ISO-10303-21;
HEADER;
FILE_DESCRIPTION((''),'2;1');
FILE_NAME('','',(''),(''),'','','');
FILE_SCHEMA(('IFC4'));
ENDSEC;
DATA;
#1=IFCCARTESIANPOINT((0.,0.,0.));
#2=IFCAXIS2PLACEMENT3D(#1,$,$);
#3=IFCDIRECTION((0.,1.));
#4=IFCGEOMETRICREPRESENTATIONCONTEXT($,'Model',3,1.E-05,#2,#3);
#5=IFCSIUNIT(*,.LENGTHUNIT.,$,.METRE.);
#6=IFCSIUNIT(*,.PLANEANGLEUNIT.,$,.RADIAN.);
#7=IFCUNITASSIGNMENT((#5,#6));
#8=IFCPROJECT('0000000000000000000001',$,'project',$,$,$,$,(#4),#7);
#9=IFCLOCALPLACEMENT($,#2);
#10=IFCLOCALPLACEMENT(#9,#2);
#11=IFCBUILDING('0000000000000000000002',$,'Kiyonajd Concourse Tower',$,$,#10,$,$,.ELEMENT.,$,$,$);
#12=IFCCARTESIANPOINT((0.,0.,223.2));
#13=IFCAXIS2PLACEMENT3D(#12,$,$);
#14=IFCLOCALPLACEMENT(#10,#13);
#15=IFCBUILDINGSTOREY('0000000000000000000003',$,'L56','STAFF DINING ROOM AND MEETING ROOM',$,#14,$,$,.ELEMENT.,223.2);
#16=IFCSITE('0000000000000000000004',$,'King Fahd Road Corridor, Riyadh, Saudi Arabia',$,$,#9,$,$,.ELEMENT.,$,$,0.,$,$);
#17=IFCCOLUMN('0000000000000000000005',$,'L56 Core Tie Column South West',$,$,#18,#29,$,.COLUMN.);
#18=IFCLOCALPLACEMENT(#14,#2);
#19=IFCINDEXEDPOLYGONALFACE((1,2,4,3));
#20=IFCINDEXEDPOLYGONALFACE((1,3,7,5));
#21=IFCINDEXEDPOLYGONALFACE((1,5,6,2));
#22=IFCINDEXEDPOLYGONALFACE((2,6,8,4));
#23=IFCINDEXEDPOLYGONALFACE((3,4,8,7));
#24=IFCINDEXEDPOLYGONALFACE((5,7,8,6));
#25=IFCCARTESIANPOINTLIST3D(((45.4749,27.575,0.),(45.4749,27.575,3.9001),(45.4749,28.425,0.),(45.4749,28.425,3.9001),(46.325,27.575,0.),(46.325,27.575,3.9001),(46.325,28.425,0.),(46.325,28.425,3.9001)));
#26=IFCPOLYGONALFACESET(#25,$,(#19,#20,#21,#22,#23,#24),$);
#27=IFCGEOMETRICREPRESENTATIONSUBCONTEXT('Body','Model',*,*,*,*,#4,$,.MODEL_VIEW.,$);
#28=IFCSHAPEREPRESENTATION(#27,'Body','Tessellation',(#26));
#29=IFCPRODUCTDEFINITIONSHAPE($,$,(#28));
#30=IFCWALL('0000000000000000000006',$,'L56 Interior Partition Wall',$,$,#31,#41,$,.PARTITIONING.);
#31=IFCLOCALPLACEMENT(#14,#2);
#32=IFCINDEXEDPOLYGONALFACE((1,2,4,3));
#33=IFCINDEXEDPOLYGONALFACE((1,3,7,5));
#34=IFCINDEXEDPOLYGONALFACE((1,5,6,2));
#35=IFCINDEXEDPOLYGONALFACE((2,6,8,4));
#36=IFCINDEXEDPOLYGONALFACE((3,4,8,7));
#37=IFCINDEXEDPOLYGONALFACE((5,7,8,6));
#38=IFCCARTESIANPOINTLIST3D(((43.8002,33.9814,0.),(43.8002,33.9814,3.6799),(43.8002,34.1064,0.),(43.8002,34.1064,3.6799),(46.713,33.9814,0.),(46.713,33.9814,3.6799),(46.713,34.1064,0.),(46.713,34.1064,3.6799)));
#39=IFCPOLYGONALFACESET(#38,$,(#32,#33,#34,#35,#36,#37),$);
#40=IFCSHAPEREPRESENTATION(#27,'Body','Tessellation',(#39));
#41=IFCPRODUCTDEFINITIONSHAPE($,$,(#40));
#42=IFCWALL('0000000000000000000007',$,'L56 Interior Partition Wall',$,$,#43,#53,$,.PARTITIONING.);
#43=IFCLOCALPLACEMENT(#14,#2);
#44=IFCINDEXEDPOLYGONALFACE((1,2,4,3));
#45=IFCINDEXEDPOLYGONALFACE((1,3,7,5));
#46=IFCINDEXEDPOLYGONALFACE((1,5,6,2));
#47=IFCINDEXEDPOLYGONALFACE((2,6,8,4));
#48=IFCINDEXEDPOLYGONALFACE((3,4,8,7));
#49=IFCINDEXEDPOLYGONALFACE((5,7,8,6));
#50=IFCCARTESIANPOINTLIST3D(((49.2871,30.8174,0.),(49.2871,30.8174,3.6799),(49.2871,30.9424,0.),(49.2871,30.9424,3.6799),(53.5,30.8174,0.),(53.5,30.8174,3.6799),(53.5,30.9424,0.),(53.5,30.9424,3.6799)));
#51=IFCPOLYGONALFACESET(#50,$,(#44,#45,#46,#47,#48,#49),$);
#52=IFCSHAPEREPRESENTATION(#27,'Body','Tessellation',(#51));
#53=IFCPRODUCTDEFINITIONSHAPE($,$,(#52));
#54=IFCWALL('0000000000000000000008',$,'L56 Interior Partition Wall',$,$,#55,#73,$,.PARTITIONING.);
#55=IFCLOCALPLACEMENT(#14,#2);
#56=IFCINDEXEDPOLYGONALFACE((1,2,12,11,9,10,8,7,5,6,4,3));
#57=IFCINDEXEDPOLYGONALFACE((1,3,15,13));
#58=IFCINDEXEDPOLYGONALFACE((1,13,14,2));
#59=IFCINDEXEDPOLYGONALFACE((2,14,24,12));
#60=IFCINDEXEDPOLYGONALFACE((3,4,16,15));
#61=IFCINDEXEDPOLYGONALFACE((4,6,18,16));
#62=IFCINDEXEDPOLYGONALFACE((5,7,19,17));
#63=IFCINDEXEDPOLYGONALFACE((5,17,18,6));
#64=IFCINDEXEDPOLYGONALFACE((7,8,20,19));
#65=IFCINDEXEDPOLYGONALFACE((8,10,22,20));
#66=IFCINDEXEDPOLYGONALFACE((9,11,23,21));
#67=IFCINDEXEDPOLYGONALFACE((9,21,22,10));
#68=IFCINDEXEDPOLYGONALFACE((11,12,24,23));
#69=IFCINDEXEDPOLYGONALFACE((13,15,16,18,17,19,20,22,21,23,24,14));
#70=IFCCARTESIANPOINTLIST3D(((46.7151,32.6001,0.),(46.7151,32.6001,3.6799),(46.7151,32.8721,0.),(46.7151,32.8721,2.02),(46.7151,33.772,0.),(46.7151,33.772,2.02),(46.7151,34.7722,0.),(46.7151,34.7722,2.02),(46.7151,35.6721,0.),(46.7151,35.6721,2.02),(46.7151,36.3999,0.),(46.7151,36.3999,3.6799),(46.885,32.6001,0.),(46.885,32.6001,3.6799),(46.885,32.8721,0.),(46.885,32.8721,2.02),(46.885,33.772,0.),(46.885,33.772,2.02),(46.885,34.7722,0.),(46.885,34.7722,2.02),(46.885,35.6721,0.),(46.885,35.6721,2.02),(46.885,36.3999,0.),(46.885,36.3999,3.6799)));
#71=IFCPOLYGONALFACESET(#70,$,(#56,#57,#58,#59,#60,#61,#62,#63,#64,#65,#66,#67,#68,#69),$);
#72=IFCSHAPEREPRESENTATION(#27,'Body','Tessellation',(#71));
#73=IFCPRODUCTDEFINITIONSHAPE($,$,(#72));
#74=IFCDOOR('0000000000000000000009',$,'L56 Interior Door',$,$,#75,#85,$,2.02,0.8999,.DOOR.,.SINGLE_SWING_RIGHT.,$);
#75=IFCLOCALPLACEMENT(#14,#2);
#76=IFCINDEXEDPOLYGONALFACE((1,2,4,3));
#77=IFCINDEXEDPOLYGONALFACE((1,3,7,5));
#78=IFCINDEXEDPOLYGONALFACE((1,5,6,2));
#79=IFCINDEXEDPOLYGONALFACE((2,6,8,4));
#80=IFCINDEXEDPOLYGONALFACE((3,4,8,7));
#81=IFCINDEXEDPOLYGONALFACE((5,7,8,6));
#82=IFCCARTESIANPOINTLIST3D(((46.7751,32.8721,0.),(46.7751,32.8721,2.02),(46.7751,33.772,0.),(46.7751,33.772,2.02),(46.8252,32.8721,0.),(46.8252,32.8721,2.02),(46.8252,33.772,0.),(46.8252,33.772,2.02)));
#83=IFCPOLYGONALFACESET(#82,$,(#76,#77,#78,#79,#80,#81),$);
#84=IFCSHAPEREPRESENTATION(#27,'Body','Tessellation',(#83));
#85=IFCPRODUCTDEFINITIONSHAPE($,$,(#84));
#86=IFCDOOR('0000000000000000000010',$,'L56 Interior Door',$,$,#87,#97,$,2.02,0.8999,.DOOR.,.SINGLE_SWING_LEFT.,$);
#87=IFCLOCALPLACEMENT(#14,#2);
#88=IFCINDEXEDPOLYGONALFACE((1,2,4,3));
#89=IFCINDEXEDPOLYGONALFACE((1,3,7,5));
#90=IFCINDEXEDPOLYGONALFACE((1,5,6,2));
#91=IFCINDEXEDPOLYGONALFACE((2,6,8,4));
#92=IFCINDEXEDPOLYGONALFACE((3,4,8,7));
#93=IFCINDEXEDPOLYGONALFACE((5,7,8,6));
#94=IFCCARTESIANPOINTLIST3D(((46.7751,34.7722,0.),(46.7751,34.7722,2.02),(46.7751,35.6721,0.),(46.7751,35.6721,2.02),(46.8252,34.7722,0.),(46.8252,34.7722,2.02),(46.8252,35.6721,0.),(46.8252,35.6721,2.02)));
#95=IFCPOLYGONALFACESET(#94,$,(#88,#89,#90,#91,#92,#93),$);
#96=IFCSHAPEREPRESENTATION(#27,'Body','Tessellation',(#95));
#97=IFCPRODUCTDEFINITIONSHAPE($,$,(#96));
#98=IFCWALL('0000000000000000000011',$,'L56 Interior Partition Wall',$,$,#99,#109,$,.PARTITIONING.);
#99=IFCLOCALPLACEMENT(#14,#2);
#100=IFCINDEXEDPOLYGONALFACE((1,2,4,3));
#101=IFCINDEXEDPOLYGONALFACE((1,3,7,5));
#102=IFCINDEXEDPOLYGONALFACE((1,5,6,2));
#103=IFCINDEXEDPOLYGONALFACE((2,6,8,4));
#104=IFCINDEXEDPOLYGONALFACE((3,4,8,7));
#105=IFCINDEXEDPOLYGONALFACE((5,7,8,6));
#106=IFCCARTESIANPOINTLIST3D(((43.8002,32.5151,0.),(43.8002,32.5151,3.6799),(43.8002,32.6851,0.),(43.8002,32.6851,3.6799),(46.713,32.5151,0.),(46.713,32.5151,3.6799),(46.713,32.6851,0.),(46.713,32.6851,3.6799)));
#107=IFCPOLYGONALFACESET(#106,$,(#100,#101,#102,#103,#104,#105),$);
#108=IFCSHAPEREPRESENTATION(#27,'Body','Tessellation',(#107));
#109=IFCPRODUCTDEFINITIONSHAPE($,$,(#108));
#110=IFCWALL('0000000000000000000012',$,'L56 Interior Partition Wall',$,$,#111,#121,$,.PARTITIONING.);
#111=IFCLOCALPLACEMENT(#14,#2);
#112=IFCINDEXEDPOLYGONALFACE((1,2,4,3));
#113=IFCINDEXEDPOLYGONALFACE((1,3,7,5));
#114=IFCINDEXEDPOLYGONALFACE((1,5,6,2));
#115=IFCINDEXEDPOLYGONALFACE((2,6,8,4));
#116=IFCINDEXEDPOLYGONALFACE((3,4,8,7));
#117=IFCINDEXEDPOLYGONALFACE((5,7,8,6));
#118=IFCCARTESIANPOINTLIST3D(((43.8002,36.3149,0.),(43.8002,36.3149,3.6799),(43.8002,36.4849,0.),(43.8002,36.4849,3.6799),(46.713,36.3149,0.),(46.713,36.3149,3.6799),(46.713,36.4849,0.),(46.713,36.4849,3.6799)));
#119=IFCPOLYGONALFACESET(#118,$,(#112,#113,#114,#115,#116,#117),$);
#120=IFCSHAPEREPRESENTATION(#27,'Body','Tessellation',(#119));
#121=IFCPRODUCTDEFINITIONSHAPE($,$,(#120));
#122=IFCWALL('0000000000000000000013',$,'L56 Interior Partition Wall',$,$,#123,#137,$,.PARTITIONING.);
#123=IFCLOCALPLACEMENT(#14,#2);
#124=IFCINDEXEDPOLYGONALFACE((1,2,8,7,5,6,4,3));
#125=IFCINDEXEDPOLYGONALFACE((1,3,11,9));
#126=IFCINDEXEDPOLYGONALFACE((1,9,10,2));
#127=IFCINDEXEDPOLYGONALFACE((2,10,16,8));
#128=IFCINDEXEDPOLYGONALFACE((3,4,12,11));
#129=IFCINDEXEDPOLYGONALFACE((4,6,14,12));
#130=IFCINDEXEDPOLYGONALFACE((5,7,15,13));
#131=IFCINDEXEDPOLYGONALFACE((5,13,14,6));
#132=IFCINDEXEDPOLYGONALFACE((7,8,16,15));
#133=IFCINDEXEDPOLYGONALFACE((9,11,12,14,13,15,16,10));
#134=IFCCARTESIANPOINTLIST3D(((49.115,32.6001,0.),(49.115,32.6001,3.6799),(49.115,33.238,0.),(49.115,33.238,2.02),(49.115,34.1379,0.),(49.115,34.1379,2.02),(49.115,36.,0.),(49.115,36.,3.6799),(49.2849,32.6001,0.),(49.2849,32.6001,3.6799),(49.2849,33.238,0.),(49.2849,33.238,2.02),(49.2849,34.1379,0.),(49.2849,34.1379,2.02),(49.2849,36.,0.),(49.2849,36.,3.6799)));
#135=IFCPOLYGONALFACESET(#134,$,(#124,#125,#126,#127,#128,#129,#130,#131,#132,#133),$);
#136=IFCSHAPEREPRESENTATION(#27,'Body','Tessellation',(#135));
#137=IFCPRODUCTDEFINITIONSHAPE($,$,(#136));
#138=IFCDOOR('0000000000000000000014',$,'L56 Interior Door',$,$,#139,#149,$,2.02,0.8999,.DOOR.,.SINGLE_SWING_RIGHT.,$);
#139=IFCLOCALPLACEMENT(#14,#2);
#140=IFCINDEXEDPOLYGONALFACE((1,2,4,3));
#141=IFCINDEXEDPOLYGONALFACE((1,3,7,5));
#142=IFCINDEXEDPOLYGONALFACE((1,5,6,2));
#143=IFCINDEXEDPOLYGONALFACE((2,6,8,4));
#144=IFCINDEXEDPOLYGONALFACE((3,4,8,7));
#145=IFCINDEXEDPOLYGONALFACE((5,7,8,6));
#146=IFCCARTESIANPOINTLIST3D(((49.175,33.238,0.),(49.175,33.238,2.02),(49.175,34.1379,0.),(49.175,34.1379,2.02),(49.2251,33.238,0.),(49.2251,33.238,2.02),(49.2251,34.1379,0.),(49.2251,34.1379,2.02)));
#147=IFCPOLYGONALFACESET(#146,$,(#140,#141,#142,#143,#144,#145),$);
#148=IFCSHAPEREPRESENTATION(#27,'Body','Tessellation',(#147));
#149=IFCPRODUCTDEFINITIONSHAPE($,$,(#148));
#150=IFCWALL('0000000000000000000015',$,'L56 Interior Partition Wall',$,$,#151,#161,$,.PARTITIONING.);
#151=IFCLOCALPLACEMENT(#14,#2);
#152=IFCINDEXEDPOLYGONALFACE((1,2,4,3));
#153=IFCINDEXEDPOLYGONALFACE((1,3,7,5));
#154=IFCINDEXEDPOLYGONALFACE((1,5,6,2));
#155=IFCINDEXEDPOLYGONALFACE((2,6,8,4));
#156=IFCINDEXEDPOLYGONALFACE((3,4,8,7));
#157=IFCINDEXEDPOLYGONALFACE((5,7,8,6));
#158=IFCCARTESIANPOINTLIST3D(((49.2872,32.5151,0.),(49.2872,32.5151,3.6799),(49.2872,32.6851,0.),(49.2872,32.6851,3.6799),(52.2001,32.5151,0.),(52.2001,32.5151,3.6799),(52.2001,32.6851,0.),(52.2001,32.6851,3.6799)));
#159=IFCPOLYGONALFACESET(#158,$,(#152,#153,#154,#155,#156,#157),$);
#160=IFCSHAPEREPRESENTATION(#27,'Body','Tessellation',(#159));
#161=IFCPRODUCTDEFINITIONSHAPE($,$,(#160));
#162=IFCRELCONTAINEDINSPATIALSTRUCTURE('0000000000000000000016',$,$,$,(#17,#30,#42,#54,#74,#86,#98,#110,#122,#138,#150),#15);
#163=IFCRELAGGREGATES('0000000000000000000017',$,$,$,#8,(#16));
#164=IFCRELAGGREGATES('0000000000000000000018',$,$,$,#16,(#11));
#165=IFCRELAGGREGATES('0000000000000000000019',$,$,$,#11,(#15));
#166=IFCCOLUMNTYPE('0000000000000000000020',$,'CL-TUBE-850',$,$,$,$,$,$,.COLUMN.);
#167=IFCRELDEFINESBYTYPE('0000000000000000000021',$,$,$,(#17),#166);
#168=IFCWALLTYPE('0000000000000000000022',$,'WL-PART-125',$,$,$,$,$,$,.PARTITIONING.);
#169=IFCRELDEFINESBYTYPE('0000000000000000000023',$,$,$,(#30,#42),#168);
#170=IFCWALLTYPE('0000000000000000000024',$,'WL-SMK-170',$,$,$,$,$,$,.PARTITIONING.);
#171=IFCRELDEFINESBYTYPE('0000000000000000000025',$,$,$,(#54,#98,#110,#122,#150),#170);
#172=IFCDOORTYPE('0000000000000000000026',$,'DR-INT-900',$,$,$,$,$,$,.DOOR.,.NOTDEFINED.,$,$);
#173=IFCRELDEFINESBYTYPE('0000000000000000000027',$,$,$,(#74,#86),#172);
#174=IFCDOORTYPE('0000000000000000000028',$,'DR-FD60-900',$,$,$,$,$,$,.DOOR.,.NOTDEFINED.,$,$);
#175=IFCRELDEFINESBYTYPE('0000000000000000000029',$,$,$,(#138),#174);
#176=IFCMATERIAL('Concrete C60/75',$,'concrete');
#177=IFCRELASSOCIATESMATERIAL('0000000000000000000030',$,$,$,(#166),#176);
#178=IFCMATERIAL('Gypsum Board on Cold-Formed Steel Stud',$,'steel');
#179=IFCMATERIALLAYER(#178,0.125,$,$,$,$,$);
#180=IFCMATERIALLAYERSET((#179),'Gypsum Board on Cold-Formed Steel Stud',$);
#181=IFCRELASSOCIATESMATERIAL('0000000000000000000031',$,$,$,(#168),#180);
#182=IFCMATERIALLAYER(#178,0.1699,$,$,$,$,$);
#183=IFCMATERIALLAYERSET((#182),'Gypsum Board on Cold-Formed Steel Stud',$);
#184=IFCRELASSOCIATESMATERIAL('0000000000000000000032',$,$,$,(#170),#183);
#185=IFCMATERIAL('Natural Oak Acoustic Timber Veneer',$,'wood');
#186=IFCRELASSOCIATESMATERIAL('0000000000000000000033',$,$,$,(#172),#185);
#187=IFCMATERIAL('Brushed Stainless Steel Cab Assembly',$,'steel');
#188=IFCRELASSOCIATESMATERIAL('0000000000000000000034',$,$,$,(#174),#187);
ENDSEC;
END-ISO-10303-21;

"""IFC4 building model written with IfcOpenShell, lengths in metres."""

from ifc_helpers import new_model, si_unit, direction, frame, frame_2d, origin, origin_2d, place, context, subcontext, project, spatial, rectangle, extrude, material, layer, layer_set, material_profile, profile_set, type_object, element, fill, save


model = new_model("IFC4")

# Units and contexts
model_context = context("Model", 3, precision=1e-05, world=origin(), true_north=direction((0.0, 1.0)))
body_context = subcontext(model_context, "Body", "Model", "MODEL_VIEW")
ifc_project = project(units=[si_unit("LENGTHUNIT", "METRE"), si_unit("PLANEANGLEUNIT", "RADIAN")], contexts=[model_context])

# Site, building, storey
site_placement = place(None, origin())
site = spatial("IfcSite", under=ifc_project, at=site_placement, Name="King Fahd Road Corridor, Riyadh, Saudi Arabia", CompositionType="ELEMENT", RefElevation=0.0)
building_placement = place(site_placement, origin())
building = spatial("IfcBuilding", under=site, at=building_placement, Name="Kiyonajd Concourse Tower", CompositionType="ELEMENT")
storey_placement = place(building_placement, frame((0.0, 0.0, 223.2)))
storey = spatial("IfcBuildingStorey", under=building, at=storey_placement, Name="L56", Description="STAFF DINING ROOM AND MEETING ROOM", CompositionType="ELEMENT", Elevation=223.2)

# Column
ifc_material_1 = material(Name="Concrete C60/75", Category="concrete")
ifc_material_profile = material_profile(ifc_material_1, rectangle(XDim=0.8501, YDim=0.8501, at=origin_2d()), Name="RC-850x850")
ifc_profile_set = profile_set([ifc_material_profile], Name="Concrete C60/75")
column_type = type_object("IfcColumnType", Name="CL-TUBE-850", PredefinedType="COLUMN", material=ifc_profile_set)
column_placement = place(storey_placement, frame((45.8999, 28.0, 0.0), z_axis=(0.0, 0.0, 1.0), x_axis=(1.0, 0.0, 0.0)))
element("IfcColumn", 1, at=column_placement, inside=storey, type_object=column_type, Name="L56 Core Tie Column South West", PredefinedType="COLUMN", context=body_context, shape_type="SweptSolid", body=[
    extrude(rectangle(XDim=0.8501, YDim=0.8501, at=origin_2d()), origin(), (0.0, 0.0, 1.0), 3.9001),
])

# Walls
ifc_material_2 = material(Name="Gypsum Board on Cold-Formed Steel Stud", Category="steel")
ifc_layer_1 = layer(ifc_material_2, 0.125)
ifc_layer_set_1 = layer_set([ifc_layer_1], Name="Gypsum Board on Cold-Formed Steel Stud")
wall_type_1 = type_object("IfcWallType", Name="WL-PART-125", PredefinedType="PARTITIONING", material=ifc_layer_set_1)
wall_1_placement = place(storey_placement, frame((43.8, 34.0439, 0.0), z_axis=(0.0, 0.0, 1.0), x_axis=(1.0, 0.0, 0.0)))
element("IfcWall", 2, at=wall_1_placement, inside=storey, type_object=wall_type_1, Name="L56 Interior Partition Wall", PredefinedType="PARTITIONING", context=body_context, shape_type="SweptSolid", body=[
    extrude(rectangle(XDim=2.9128, YDim=0.125, at=frame_2d((1.4565, 0.0))), origin(), (0.0, 0.0, 1.0), 3.6799),
])
wall_2_placement = place(storey_placement, frame((49.2871, 30.8799, 0.0), z_axis=(0.0, 0.0, 1.0), x_axis=(1.0, 0.0, 0.0)))
element("IfcWall", 3, at=wall_2_placement, inside=storey, type_object=wall_type_1, Name="L56 Interior Partition Wall", PredefinedType="PARTITIONING", context=body_context, shape_type="SweptSolid", body=[
    extrude(rectangle(XDim=4.2129, YDim=0.125, at=frame_2d((2.1064, 0.0))), origin(), (0.0, 0.0, 1.0), 3.6799),
])

# Wall, openings, doors
ifc_layer_2 = layer(ifc_material_2, 0.1699)
ifc_layer_set_2 = layer_set([ifc_layer_2], Name="Gypsum Board on Cold-Formed Steel Stud")
wall_type_2 = type_object("IfcWallType", Name="WL-SMK-170", PredefinedType="PARTITIONING", material=ifc_layer_set_2)
wall_3_placement = place(storey_placement, frame((46.8, 32.6001, 0.0), z_axis=(0.0, 0.0, 1.0), x_axis=(0.0, 1.0, 0.0)))
wall_3 = element("IfcWall", 4, at=wall_3_placement, inside=storey, type_object=wall_type_2, Name="L56 Interior Partition Wall", PredefinedType="PARTITIONING", context=body_context, shape_type="SweptSolid", body=[
    extrude(rectangle(XDim=3.7998, YDim=0.1699, at=frame_2d((1.8999, 0.0))), origin(), (0.0, 0.0, 1.0), 3.6799),
])
opening_1_placement = place(wall_3_placement, frame((0.272, 0.0, 0.0)))
opening_1 = element("IfcOpeningElement", 5, at=opening_1_placement, cuts=wall_3, PredefinedType="OPENING", context=body_context, shape_type="SweptSolid", body=[
    extrude(rectangle(XDim=0.8999, YDim=2.02, at=frame_2d((0.45, 1.01))), frame((0.0, 0.095, 0.0), z_axis=(0.0, -1.0, 0.0), x_axis=(1.0, 0.0, 0.0)), (0.0, 0.0, 1.0), 0.1899),
])
opening_2_placement = place(wall_3_placement, frame((2.1721, 0.0, 0.0)))
opening_2 = element("IfcOpeningElement", 6, at=opening_2_placement, cuts=wall_3, PredefinedType="OPENING", context=body_context, shape_type="SweptSolid", body=[
    extrude(rectangle(XDim=0.8999, YDim=2.02, at=frame_2d((0.45, 1.01))), frame((0.0, 0.095, 0.0), z_axis=(0.0, -1.0, 0.0), x_axis=(1.0, 0.0, 0.0)), (0.0, 0.0, 1.0), 0.1899),
])
ifc_material_3 = material(Name="Natural Oak Acoustic Timber Veneer", Category="wood")
door_type_1 = type_object("IfcDoorType", Name="DR-INT-900", OperationType="NOTDEFINED", PredefinedType="DOOR", material=ifc_material_3)
door_1_placement = place(opening_1_placement, origin())
door_1 = element("IfcDoor", 7, at=door_1_placement, inside=storey, type_object=door_type_1, Name="L56 Interior Door", OperationType="SINGLE_SWING_RIGHT", OverallHeight=2.02, OverallWidth=0.8999, PredefinedType="DOOR", context=body_context, shape_type="SweptSolid", body=[
    extrude(rectangle(XDim=0.8999, YDim=2.02, at=frame_2d((0.45, 1.01))), frame((0.0, 0.0249, 0.0), z_axis=(0.0, -1.0, 0.0), x_axis=(1.0, 0.0, 0.0)), (0.0, 0.0, 1.0), 0.05),
])
fill(opening_1, door_1)
door_2_placement = place(opening_2_placement, origin())
door_2 = element("IfcDoor", 8, at=door_2_placement, inside=storey, type_object=door_type_1, Name="L56 Interior Door", OperationType="SINGLE_SWING_LEFT", OverallHeight=2.02, OverallWidth=0.8999, PredefinedType="DOOR", context=body_context, shape_type="SweptSolid", body=[
    extrude(rectangle(XDim=0.8999, YDim=2.02, at=frame_2d((0.45, 1.01))), frame((0.0, 0.0249, 0.0), z_axis=(0.0, -1.0, 0.0), x_axis=(1.0, 0.0, 0.0)), (0.0, 0.0, 1.0), 0.05),
])
fill(opening_2, door_2)

# Walls
for number, where, z_axis, x_axis, name in (
    (9, (43.8, 32.6001, 0.0), (0.0, 0.0, 1.0), (1.0, 0.0, 0.0), "L56 Interior Partition Wall"),
    (10, (43.8, 36.3999, 0.0), (0.0, 0.0, 1.0), (1.0, 0.0, 0.0), "L56 Interior Partition Wall"),
):
    element("IfcWall", number, at=place(storey_placement, frame(where, z_axis=z_axis, x_axis=x_axis)), inside=storey, type_object=wall_type_2, Name=name, PredefinedType="PARTITIONING", context=body_context, shape_type="SweptSolid", body=[
        extrude(rectangle(XDim=2.9128, YDim=0.1699, at=frame_2d((1.4565, 0.0))), origin(), (0.0, 0.0, 1.0), 3.6799),
    ])

# Wall, opening, door
wall_4_placement = place(storey_placement, frame((49.2, 32.6001, 0.0), z_axis=(0.0, 0.0, 1.0), x_axis=(0.0, 1.0, 0.0)))
wall_4 = element("IfcWall", 11, at=wall_4_placement, inside=storey, type_object=wall_type_2, Name="L56 Interior Partition Wall", PredefinedType="PARTITIONING", context=body_context, shape_type="SweptSolid", body=[
    extrude(rectangle(XDim=3.3999, YDim=0.1699, at=frame_2d((1.7, 0.0))), origin(), (0.0, 0.0, 1.0), 3.6799),
])
opening_3_placement = place(wall_4_placement, frame((0.6379, 0.0, 0.0)))
opening_3 = element("IfcOpeningElement", 12, at=opening_3_placement, cuts=wall_4, PredefinedType="OPENING", context=body_context, shape_type="SweptSolid", body=[
    extrude(rectangle(XDim=0.8999, YDim=2.02, at=frame_2d((0.45, 1.01))), frame((0.0, 0.095, 0.0), z_axis=(0.0, -1.0, 0.0), x_axis=(1.0, 0.0, 0.0)), (0.0, 0.0, 1.0), 0.1899),
])
ifc_material_4 = material(Name="Brushed Stainless Steel Cab Assembly", Category="steel")
door_type_2 = type_object("IfcDoorType", Name="DR-FD60-900", OperationType="NOTDEFINED", PredefinedType="DOOR", material=ifc_material_4)
door_3_placement = place(opening_3_placement, origin())
door_3 = element("IfcDoor", 13, at=door_3_placement, inside=storey, type_object=door_type_2, Name="L56 Interior Door", OperationType="SINGLE_SWING_RIGHT", OverallHeight=2.02, OverallWidth=0.8999, PredefinedType="DOOR", context=body_context, shape_type="SweptSolid", body=[
    extrude(rectangle(XDim=0.8999, YDim=2.02, at=frame_2d((0.45, 1.01))), frame((0.0, 0.0249, 0.0), z_axis=(0.0, -1.0, 0.0), x_axis=(1.0, 0.0, 0.0)), (0.0, 0.0, 1.0), 0.05),
])
fill(opening_3, door_3)

# Wall
wall_5_placement = place(storey_placement, frame((49.2871, 32.6001, 0.0), z_axis=(0.0, 0.0, 1.0), x_axis=(1.0, 0.0, 0.0)))
element("IfcWall", 14, at=wall_5_placement, inside=storey, type_object=wall_type_2, Name="L56 Interior Partition Wall", PredefinedType="PARTITIONING", context=body_context, shape_type="SweptSolid", body=[
    extrude(rectangle(XDim=2.9128, YDim=0.1699, at=frame_2d((1.4565, 0.0))), origin(), (0.0, 0.0, 1.0), 3.6799),
])

save(model, "model.ifc")
